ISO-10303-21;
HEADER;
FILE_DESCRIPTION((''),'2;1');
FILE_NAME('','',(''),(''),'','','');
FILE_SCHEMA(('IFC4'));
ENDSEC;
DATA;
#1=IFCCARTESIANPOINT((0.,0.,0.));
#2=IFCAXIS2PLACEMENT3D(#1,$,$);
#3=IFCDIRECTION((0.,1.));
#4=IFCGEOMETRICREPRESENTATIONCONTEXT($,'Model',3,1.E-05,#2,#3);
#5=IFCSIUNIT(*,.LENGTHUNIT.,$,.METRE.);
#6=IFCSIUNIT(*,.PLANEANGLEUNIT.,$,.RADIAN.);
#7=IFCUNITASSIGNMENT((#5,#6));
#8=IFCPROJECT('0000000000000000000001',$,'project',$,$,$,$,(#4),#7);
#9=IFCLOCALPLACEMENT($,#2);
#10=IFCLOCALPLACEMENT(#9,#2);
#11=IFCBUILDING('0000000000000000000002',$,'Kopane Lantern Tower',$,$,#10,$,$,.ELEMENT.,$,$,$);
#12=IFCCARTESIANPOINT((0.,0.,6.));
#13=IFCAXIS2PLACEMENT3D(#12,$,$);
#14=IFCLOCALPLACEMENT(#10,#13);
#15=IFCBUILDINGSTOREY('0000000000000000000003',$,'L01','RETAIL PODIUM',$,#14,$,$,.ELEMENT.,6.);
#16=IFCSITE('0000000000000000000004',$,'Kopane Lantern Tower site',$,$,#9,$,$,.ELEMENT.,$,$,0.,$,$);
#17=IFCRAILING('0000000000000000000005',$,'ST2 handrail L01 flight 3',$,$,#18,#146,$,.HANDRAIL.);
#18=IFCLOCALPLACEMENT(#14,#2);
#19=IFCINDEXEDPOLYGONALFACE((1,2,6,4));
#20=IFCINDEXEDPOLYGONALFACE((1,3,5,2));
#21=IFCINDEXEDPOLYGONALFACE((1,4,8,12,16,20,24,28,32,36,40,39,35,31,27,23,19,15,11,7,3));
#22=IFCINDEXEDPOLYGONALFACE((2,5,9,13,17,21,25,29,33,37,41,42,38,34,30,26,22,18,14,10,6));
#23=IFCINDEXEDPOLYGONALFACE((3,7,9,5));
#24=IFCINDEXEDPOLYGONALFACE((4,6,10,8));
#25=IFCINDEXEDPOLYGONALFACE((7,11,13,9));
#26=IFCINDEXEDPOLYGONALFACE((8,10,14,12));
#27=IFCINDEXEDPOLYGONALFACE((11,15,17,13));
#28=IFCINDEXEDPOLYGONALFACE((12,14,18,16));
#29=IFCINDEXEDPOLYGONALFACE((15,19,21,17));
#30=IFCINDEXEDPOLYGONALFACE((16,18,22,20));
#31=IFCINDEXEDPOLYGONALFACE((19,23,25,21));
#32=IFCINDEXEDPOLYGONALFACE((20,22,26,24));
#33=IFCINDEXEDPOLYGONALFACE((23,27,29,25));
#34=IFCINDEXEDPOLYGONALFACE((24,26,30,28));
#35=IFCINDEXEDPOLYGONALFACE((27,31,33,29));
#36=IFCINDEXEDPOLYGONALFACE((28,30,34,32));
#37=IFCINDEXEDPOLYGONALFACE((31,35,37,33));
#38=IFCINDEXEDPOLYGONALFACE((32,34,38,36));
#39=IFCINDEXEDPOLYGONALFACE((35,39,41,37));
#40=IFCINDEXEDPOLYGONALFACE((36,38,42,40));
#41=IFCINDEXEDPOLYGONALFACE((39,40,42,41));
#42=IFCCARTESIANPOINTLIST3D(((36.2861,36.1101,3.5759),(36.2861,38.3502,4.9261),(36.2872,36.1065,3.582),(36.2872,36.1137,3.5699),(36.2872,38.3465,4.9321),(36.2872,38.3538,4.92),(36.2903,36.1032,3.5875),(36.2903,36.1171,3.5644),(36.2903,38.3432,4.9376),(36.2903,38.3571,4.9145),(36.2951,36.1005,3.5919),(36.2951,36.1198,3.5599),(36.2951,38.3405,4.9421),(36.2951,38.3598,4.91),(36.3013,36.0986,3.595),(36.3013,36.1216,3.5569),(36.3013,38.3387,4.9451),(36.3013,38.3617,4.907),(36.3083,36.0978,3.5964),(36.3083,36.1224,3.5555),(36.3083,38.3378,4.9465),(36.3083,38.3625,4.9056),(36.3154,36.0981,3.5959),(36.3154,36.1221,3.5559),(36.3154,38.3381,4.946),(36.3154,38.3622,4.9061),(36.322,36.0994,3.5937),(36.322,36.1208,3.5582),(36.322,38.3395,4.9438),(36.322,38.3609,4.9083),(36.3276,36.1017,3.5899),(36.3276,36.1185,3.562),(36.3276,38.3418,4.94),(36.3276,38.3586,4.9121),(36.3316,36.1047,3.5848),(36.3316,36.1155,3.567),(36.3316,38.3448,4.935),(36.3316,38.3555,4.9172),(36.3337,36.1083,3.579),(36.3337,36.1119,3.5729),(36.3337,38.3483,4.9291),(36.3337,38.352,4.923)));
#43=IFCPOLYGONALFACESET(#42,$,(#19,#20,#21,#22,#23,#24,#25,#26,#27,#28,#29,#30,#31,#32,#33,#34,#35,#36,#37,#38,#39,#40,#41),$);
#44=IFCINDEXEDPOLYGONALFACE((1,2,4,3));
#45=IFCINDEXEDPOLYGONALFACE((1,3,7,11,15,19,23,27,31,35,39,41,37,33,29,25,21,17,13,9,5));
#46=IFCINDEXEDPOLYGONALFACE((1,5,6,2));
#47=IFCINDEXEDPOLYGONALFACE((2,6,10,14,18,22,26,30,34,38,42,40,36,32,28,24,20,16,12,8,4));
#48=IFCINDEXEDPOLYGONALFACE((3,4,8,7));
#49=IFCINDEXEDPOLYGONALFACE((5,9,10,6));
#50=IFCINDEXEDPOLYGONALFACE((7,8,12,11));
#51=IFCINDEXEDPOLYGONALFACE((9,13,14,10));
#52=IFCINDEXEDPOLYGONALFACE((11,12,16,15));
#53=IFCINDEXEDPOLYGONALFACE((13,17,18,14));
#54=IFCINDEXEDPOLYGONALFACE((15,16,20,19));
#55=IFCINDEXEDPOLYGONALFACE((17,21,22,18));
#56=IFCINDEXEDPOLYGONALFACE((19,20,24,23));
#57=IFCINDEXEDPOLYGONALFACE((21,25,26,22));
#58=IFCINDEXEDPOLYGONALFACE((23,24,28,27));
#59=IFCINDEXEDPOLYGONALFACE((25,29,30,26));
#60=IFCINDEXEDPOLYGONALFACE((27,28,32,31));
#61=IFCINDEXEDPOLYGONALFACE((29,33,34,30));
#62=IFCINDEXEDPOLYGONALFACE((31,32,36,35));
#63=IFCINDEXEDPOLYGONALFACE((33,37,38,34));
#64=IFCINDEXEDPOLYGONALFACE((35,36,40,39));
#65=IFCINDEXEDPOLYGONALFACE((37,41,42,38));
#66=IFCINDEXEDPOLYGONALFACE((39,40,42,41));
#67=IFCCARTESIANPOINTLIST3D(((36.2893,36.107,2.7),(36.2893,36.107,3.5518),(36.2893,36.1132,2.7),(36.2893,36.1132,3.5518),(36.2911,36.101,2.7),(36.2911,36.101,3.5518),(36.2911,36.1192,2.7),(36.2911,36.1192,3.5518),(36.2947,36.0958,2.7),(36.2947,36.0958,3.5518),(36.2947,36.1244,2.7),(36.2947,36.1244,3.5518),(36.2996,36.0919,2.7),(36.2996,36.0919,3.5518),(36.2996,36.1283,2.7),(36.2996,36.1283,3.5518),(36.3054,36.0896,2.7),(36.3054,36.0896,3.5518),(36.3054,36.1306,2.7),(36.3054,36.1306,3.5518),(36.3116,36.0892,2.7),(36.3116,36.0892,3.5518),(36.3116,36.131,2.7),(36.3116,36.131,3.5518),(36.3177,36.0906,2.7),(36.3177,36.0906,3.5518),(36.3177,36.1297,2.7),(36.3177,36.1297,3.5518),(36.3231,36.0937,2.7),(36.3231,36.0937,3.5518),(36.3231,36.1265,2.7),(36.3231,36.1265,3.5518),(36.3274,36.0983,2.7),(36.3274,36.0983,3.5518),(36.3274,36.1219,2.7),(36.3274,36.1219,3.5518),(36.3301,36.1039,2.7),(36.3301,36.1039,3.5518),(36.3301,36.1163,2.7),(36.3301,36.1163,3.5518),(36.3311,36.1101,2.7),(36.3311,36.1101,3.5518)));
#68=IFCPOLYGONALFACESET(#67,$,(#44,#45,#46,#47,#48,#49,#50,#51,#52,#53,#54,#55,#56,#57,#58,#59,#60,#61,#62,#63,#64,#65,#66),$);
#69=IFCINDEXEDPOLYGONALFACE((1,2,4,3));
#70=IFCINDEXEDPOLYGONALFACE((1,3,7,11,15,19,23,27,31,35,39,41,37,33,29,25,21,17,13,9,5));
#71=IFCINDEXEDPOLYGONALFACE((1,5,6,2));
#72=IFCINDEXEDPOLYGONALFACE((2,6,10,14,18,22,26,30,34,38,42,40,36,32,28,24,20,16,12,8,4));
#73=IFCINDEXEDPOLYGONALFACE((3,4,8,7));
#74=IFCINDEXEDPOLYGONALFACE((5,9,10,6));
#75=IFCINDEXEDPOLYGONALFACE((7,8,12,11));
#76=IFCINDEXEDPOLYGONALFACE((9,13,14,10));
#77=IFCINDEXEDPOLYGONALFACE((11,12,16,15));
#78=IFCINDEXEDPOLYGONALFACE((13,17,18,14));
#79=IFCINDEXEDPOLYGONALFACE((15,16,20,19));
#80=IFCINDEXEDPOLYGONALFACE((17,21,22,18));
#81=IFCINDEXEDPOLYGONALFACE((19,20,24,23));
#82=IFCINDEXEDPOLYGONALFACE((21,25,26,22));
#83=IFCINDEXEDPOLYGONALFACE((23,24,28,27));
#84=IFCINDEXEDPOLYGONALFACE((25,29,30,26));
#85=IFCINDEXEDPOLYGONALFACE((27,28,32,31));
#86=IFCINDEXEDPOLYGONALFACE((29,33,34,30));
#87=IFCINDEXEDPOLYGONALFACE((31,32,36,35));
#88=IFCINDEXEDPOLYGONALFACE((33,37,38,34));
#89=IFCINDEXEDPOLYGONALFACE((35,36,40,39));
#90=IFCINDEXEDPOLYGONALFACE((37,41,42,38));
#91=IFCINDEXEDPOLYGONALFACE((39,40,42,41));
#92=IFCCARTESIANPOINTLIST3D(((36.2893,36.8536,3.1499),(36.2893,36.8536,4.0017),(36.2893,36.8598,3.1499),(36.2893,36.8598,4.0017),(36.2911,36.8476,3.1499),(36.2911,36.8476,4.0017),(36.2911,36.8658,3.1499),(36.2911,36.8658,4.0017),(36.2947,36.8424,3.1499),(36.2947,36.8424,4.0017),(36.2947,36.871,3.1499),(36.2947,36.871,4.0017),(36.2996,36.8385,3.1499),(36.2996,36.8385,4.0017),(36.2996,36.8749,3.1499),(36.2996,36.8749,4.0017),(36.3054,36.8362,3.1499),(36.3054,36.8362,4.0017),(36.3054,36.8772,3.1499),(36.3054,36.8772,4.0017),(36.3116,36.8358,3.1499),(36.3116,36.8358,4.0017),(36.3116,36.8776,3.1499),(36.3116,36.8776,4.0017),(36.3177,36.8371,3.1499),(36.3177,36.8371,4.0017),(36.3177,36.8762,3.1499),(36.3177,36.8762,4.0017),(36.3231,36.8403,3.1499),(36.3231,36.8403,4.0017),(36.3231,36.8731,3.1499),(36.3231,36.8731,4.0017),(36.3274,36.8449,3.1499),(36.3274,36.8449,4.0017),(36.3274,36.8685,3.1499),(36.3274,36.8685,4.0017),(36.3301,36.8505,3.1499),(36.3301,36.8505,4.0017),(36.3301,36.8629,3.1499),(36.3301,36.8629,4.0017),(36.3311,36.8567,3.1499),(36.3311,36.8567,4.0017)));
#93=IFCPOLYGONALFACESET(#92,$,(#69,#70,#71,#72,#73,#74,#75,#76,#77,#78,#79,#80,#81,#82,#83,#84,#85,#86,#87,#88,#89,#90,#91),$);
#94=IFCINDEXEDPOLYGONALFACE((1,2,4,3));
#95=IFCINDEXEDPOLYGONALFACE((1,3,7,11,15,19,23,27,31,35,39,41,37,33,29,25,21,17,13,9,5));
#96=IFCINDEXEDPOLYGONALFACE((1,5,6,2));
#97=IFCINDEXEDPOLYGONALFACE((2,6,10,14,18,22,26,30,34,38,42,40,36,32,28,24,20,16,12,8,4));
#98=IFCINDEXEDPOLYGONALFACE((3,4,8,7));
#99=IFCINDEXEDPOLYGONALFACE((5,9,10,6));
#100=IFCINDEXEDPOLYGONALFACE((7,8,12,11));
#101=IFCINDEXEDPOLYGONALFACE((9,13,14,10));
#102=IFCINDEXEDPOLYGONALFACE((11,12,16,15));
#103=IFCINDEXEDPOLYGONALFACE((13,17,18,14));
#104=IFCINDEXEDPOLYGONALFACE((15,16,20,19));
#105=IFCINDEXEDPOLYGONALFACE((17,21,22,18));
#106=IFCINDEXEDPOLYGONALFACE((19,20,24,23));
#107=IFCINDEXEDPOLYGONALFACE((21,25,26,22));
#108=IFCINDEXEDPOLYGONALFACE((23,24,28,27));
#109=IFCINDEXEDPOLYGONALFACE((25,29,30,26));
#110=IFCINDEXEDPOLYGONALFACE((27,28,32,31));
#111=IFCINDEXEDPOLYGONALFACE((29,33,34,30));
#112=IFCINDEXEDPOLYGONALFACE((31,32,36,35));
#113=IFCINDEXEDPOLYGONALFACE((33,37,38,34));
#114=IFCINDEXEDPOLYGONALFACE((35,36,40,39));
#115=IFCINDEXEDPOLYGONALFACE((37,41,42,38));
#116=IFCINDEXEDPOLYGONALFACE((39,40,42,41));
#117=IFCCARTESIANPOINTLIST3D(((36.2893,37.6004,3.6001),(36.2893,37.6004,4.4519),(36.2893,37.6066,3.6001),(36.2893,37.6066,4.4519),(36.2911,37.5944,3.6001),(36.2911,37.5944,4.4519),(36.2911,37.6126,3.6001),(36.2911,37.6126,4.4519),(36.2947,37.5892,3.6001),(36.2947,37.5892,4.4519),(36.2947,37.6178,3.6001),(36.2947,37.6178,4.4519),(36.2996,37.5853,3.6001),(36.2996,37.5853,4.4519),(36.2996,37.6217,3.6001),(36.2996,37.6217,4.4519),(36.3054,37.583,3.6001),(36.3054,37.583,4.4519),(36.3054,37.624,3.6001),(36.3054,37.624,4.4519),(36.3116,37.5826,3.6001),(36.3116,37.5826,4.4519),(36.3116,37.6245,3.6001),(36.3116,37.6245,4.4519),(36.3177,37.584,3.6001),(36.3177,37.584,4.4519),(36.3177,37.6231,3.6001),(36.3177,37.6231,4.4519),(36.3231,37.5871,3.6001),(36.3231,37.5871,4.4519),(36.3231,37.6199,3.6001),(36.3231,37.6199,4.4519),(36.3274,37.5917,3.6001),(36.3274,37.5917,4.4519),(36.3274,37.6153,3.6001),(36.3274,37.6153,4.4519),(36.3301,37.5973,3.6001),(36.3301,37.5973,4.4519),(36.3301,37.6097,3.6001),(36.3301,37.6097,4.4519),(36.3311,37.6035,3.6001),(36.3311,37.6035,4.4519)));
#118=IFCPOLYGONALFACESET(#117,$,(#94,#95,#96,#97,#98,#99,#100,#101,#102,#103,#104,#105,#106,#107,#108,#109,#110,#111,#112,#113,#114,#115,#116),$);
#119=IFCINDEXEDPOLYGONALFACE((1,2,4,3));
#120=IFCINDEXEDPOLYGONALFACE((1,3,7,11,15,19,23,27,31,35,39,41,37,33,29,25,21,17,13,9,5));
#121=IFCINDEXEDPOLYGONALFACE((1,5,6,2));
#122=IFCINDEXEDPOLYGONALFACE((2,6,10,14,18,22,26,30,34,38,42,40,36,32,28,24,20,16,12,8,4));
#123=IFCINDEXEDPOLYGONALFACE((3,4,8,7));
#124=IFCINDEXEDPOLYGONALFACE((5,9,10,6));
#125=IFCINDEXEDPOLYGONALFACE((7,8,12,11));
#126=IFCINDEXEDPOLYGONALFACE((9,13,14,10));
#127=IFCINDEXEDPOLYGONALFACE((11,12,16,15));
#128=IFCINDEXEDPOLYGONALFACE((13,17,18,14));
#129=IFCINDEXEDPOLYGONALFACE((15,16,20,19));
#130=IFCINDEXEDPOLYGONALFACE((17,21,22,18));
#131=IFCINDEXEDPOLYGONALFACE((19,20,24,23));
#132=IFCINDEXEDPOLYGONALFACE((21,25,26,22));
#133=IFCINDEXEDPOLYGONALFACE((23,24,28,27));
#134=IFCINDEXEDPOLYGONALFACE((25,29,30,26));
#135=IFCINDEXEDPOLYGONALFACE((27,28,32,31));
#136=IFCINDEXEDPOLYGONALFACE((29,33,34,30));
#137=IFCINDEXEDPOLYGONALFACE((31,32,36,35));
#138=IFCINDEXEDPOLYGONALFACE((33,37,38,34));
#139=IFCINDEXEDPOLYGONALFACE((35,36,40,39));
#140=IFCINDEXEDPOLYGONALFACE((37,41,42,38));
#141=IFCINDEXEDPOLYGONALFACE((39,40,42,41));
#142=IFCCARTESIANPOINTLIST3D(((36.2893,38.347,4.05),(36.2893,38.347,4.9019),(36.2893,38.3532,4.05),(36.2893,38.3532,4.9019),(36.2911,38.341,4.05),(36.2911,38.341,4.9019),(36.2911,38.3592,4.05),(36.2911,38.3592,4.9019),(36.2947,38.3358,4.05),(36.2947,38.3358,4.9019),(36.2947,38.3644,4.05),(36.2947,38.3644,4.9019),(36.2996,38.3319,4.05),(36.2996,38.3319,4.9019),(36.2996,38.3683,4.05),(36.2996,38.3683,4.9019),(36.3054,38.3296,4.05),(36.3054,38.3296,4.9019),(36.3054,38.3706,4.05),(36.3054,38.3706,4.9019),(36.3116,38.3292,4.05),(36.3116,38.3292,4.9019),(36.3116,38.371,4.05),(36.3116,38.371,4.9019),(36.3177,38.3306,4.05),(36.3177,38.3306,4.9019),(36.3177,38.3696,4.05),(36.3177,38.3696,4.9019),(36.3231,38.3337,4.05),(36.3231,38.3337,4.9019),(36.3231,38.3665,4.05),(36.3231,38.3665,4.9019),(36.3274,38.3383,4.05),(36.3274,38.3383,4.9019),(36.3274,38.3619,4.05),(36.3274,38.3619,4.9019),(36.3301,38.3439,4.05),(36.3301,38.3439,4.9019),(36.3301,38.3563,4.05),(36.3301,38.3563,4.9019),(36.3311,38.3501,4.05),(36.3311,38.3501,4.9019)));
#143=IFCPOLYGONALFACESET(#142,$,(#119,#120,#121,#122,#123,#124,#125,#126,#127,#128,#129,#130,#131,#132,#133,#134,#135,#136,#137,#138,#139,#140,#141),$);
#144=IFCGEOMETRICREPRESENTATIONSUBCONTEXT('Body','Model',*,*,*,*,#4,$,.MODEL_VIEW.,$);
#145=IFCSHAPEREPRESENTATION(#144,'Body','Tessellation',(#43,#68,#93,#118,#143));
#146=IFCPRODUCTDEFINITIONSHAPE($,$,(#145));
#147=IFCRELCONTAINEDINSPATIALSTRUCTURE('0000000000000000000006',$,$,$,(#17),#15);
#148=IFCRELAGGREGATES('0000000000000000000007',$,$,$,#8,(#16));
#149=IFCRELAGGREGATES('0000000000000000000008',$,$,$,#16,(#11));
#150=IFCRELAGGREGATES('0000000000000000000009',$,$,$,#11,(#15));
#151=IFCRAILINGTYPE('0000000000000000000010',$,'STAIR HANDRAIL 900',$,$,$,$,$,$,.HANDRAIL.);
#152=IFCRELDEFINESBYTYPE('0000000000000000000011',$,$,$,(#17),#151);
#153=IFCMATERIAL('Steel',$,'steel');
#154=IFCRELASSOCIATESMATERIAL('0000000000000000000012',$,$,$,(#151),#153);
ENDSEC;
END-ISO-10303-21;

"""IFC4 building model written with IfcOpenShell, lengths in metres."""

from ifc_helpers import new_model, si_unit, direction, frame, origin, origin_2d, place, context, subcontext, project, spatial, circle, extrude, material, type_object, element, save


model = new_model("IFC4")

# Units and contexts
model_context = context("Model", 3, precision=1e-05, world=origin(), true_north=direction((0.0, 1.0)))
body_context = subcontext(model_context, "Body", "Model", "MODEL_VIEW")
ifc_project = project(units=[si_unit("LENGTHUNIT", "METRE"), si_unit("PLANEANGLEUNIT", "RADIAN")], contexts=[model_context])

# Site, building, storey
site_placement = place(None, origin())
site = spatial("IfcSite", under=ifc_project, at=site_placement, Name="Kopane Lantern Tower site", CompositionType="ELEMENT", RefElevation=0.0)
building_placement = place(site_placement, origin())
building = spatial("IfcBuilding", under=site, at=building_placement, Name="Kopane Lantern Tower", CompositionType="ELEMENT")
storey_placement = place(building_placement, frame((0.0, 0.0, 6.0)))
storey = spatial("IfcBuildingStorey", under=building, at=storey_placement, Name="L01", Description="RETAIL PODIUM", CompositionType="ELEMENT", Elevation=6.0)

# Railing
ifc_material_1 = material(Name="Steel", Category="steel")
railing_type_1 = type_object("IfcRailingType", Name="STAIR HANDRAIL 900", PredefinedType="HANDRAIL", material=ifc_material_1)
for number, where, name in (
    (1, (36.3101, 36.1101, 2.7), "ST2 handrail L01 flight 3"),
):
    element("IfcRailing", number, at=place(storey_placement, frame(where)), inside=storey, type_object=railing_type_1, Name=name, PredefinedType="HANDRAIL", context=body_context, shape_type="SweptSolid", body=[
        extrude(circle(Radius=0.0239, at=origin_2d()), frame((0.0, 0.0, 0.876), z_axis=(0.0, 0.856462, 0.516211), x_axis=(-1.0, 0.0, 0.0)), (0.0, 0.0, 1.0), 2.6155),
        extrude(circle(Radius=0.021, at=origin_2d()), origin(), (0.0, 0.0, 1.0), 0.8518),
        extrude(circle(Radius=0.021, at=origin_2d()), frame((0.0, 0.7466, 0.45)), (0.0, 0.0, 1.0), 0.8518),
        extrude(circle(Radius=0.021, at=origin_2d()), frame((0.0, 1.4934, 0.9001)), (0.0, 0.0, 1.0), 0.8518),
        extrude(circle(Radius=0.021, at=origin_2d()), frame((0.0, 2.24, 1.3501)), (0.0, 0.0, 1.0), 0.8518),
    ])

save(model, "model.ifc")
